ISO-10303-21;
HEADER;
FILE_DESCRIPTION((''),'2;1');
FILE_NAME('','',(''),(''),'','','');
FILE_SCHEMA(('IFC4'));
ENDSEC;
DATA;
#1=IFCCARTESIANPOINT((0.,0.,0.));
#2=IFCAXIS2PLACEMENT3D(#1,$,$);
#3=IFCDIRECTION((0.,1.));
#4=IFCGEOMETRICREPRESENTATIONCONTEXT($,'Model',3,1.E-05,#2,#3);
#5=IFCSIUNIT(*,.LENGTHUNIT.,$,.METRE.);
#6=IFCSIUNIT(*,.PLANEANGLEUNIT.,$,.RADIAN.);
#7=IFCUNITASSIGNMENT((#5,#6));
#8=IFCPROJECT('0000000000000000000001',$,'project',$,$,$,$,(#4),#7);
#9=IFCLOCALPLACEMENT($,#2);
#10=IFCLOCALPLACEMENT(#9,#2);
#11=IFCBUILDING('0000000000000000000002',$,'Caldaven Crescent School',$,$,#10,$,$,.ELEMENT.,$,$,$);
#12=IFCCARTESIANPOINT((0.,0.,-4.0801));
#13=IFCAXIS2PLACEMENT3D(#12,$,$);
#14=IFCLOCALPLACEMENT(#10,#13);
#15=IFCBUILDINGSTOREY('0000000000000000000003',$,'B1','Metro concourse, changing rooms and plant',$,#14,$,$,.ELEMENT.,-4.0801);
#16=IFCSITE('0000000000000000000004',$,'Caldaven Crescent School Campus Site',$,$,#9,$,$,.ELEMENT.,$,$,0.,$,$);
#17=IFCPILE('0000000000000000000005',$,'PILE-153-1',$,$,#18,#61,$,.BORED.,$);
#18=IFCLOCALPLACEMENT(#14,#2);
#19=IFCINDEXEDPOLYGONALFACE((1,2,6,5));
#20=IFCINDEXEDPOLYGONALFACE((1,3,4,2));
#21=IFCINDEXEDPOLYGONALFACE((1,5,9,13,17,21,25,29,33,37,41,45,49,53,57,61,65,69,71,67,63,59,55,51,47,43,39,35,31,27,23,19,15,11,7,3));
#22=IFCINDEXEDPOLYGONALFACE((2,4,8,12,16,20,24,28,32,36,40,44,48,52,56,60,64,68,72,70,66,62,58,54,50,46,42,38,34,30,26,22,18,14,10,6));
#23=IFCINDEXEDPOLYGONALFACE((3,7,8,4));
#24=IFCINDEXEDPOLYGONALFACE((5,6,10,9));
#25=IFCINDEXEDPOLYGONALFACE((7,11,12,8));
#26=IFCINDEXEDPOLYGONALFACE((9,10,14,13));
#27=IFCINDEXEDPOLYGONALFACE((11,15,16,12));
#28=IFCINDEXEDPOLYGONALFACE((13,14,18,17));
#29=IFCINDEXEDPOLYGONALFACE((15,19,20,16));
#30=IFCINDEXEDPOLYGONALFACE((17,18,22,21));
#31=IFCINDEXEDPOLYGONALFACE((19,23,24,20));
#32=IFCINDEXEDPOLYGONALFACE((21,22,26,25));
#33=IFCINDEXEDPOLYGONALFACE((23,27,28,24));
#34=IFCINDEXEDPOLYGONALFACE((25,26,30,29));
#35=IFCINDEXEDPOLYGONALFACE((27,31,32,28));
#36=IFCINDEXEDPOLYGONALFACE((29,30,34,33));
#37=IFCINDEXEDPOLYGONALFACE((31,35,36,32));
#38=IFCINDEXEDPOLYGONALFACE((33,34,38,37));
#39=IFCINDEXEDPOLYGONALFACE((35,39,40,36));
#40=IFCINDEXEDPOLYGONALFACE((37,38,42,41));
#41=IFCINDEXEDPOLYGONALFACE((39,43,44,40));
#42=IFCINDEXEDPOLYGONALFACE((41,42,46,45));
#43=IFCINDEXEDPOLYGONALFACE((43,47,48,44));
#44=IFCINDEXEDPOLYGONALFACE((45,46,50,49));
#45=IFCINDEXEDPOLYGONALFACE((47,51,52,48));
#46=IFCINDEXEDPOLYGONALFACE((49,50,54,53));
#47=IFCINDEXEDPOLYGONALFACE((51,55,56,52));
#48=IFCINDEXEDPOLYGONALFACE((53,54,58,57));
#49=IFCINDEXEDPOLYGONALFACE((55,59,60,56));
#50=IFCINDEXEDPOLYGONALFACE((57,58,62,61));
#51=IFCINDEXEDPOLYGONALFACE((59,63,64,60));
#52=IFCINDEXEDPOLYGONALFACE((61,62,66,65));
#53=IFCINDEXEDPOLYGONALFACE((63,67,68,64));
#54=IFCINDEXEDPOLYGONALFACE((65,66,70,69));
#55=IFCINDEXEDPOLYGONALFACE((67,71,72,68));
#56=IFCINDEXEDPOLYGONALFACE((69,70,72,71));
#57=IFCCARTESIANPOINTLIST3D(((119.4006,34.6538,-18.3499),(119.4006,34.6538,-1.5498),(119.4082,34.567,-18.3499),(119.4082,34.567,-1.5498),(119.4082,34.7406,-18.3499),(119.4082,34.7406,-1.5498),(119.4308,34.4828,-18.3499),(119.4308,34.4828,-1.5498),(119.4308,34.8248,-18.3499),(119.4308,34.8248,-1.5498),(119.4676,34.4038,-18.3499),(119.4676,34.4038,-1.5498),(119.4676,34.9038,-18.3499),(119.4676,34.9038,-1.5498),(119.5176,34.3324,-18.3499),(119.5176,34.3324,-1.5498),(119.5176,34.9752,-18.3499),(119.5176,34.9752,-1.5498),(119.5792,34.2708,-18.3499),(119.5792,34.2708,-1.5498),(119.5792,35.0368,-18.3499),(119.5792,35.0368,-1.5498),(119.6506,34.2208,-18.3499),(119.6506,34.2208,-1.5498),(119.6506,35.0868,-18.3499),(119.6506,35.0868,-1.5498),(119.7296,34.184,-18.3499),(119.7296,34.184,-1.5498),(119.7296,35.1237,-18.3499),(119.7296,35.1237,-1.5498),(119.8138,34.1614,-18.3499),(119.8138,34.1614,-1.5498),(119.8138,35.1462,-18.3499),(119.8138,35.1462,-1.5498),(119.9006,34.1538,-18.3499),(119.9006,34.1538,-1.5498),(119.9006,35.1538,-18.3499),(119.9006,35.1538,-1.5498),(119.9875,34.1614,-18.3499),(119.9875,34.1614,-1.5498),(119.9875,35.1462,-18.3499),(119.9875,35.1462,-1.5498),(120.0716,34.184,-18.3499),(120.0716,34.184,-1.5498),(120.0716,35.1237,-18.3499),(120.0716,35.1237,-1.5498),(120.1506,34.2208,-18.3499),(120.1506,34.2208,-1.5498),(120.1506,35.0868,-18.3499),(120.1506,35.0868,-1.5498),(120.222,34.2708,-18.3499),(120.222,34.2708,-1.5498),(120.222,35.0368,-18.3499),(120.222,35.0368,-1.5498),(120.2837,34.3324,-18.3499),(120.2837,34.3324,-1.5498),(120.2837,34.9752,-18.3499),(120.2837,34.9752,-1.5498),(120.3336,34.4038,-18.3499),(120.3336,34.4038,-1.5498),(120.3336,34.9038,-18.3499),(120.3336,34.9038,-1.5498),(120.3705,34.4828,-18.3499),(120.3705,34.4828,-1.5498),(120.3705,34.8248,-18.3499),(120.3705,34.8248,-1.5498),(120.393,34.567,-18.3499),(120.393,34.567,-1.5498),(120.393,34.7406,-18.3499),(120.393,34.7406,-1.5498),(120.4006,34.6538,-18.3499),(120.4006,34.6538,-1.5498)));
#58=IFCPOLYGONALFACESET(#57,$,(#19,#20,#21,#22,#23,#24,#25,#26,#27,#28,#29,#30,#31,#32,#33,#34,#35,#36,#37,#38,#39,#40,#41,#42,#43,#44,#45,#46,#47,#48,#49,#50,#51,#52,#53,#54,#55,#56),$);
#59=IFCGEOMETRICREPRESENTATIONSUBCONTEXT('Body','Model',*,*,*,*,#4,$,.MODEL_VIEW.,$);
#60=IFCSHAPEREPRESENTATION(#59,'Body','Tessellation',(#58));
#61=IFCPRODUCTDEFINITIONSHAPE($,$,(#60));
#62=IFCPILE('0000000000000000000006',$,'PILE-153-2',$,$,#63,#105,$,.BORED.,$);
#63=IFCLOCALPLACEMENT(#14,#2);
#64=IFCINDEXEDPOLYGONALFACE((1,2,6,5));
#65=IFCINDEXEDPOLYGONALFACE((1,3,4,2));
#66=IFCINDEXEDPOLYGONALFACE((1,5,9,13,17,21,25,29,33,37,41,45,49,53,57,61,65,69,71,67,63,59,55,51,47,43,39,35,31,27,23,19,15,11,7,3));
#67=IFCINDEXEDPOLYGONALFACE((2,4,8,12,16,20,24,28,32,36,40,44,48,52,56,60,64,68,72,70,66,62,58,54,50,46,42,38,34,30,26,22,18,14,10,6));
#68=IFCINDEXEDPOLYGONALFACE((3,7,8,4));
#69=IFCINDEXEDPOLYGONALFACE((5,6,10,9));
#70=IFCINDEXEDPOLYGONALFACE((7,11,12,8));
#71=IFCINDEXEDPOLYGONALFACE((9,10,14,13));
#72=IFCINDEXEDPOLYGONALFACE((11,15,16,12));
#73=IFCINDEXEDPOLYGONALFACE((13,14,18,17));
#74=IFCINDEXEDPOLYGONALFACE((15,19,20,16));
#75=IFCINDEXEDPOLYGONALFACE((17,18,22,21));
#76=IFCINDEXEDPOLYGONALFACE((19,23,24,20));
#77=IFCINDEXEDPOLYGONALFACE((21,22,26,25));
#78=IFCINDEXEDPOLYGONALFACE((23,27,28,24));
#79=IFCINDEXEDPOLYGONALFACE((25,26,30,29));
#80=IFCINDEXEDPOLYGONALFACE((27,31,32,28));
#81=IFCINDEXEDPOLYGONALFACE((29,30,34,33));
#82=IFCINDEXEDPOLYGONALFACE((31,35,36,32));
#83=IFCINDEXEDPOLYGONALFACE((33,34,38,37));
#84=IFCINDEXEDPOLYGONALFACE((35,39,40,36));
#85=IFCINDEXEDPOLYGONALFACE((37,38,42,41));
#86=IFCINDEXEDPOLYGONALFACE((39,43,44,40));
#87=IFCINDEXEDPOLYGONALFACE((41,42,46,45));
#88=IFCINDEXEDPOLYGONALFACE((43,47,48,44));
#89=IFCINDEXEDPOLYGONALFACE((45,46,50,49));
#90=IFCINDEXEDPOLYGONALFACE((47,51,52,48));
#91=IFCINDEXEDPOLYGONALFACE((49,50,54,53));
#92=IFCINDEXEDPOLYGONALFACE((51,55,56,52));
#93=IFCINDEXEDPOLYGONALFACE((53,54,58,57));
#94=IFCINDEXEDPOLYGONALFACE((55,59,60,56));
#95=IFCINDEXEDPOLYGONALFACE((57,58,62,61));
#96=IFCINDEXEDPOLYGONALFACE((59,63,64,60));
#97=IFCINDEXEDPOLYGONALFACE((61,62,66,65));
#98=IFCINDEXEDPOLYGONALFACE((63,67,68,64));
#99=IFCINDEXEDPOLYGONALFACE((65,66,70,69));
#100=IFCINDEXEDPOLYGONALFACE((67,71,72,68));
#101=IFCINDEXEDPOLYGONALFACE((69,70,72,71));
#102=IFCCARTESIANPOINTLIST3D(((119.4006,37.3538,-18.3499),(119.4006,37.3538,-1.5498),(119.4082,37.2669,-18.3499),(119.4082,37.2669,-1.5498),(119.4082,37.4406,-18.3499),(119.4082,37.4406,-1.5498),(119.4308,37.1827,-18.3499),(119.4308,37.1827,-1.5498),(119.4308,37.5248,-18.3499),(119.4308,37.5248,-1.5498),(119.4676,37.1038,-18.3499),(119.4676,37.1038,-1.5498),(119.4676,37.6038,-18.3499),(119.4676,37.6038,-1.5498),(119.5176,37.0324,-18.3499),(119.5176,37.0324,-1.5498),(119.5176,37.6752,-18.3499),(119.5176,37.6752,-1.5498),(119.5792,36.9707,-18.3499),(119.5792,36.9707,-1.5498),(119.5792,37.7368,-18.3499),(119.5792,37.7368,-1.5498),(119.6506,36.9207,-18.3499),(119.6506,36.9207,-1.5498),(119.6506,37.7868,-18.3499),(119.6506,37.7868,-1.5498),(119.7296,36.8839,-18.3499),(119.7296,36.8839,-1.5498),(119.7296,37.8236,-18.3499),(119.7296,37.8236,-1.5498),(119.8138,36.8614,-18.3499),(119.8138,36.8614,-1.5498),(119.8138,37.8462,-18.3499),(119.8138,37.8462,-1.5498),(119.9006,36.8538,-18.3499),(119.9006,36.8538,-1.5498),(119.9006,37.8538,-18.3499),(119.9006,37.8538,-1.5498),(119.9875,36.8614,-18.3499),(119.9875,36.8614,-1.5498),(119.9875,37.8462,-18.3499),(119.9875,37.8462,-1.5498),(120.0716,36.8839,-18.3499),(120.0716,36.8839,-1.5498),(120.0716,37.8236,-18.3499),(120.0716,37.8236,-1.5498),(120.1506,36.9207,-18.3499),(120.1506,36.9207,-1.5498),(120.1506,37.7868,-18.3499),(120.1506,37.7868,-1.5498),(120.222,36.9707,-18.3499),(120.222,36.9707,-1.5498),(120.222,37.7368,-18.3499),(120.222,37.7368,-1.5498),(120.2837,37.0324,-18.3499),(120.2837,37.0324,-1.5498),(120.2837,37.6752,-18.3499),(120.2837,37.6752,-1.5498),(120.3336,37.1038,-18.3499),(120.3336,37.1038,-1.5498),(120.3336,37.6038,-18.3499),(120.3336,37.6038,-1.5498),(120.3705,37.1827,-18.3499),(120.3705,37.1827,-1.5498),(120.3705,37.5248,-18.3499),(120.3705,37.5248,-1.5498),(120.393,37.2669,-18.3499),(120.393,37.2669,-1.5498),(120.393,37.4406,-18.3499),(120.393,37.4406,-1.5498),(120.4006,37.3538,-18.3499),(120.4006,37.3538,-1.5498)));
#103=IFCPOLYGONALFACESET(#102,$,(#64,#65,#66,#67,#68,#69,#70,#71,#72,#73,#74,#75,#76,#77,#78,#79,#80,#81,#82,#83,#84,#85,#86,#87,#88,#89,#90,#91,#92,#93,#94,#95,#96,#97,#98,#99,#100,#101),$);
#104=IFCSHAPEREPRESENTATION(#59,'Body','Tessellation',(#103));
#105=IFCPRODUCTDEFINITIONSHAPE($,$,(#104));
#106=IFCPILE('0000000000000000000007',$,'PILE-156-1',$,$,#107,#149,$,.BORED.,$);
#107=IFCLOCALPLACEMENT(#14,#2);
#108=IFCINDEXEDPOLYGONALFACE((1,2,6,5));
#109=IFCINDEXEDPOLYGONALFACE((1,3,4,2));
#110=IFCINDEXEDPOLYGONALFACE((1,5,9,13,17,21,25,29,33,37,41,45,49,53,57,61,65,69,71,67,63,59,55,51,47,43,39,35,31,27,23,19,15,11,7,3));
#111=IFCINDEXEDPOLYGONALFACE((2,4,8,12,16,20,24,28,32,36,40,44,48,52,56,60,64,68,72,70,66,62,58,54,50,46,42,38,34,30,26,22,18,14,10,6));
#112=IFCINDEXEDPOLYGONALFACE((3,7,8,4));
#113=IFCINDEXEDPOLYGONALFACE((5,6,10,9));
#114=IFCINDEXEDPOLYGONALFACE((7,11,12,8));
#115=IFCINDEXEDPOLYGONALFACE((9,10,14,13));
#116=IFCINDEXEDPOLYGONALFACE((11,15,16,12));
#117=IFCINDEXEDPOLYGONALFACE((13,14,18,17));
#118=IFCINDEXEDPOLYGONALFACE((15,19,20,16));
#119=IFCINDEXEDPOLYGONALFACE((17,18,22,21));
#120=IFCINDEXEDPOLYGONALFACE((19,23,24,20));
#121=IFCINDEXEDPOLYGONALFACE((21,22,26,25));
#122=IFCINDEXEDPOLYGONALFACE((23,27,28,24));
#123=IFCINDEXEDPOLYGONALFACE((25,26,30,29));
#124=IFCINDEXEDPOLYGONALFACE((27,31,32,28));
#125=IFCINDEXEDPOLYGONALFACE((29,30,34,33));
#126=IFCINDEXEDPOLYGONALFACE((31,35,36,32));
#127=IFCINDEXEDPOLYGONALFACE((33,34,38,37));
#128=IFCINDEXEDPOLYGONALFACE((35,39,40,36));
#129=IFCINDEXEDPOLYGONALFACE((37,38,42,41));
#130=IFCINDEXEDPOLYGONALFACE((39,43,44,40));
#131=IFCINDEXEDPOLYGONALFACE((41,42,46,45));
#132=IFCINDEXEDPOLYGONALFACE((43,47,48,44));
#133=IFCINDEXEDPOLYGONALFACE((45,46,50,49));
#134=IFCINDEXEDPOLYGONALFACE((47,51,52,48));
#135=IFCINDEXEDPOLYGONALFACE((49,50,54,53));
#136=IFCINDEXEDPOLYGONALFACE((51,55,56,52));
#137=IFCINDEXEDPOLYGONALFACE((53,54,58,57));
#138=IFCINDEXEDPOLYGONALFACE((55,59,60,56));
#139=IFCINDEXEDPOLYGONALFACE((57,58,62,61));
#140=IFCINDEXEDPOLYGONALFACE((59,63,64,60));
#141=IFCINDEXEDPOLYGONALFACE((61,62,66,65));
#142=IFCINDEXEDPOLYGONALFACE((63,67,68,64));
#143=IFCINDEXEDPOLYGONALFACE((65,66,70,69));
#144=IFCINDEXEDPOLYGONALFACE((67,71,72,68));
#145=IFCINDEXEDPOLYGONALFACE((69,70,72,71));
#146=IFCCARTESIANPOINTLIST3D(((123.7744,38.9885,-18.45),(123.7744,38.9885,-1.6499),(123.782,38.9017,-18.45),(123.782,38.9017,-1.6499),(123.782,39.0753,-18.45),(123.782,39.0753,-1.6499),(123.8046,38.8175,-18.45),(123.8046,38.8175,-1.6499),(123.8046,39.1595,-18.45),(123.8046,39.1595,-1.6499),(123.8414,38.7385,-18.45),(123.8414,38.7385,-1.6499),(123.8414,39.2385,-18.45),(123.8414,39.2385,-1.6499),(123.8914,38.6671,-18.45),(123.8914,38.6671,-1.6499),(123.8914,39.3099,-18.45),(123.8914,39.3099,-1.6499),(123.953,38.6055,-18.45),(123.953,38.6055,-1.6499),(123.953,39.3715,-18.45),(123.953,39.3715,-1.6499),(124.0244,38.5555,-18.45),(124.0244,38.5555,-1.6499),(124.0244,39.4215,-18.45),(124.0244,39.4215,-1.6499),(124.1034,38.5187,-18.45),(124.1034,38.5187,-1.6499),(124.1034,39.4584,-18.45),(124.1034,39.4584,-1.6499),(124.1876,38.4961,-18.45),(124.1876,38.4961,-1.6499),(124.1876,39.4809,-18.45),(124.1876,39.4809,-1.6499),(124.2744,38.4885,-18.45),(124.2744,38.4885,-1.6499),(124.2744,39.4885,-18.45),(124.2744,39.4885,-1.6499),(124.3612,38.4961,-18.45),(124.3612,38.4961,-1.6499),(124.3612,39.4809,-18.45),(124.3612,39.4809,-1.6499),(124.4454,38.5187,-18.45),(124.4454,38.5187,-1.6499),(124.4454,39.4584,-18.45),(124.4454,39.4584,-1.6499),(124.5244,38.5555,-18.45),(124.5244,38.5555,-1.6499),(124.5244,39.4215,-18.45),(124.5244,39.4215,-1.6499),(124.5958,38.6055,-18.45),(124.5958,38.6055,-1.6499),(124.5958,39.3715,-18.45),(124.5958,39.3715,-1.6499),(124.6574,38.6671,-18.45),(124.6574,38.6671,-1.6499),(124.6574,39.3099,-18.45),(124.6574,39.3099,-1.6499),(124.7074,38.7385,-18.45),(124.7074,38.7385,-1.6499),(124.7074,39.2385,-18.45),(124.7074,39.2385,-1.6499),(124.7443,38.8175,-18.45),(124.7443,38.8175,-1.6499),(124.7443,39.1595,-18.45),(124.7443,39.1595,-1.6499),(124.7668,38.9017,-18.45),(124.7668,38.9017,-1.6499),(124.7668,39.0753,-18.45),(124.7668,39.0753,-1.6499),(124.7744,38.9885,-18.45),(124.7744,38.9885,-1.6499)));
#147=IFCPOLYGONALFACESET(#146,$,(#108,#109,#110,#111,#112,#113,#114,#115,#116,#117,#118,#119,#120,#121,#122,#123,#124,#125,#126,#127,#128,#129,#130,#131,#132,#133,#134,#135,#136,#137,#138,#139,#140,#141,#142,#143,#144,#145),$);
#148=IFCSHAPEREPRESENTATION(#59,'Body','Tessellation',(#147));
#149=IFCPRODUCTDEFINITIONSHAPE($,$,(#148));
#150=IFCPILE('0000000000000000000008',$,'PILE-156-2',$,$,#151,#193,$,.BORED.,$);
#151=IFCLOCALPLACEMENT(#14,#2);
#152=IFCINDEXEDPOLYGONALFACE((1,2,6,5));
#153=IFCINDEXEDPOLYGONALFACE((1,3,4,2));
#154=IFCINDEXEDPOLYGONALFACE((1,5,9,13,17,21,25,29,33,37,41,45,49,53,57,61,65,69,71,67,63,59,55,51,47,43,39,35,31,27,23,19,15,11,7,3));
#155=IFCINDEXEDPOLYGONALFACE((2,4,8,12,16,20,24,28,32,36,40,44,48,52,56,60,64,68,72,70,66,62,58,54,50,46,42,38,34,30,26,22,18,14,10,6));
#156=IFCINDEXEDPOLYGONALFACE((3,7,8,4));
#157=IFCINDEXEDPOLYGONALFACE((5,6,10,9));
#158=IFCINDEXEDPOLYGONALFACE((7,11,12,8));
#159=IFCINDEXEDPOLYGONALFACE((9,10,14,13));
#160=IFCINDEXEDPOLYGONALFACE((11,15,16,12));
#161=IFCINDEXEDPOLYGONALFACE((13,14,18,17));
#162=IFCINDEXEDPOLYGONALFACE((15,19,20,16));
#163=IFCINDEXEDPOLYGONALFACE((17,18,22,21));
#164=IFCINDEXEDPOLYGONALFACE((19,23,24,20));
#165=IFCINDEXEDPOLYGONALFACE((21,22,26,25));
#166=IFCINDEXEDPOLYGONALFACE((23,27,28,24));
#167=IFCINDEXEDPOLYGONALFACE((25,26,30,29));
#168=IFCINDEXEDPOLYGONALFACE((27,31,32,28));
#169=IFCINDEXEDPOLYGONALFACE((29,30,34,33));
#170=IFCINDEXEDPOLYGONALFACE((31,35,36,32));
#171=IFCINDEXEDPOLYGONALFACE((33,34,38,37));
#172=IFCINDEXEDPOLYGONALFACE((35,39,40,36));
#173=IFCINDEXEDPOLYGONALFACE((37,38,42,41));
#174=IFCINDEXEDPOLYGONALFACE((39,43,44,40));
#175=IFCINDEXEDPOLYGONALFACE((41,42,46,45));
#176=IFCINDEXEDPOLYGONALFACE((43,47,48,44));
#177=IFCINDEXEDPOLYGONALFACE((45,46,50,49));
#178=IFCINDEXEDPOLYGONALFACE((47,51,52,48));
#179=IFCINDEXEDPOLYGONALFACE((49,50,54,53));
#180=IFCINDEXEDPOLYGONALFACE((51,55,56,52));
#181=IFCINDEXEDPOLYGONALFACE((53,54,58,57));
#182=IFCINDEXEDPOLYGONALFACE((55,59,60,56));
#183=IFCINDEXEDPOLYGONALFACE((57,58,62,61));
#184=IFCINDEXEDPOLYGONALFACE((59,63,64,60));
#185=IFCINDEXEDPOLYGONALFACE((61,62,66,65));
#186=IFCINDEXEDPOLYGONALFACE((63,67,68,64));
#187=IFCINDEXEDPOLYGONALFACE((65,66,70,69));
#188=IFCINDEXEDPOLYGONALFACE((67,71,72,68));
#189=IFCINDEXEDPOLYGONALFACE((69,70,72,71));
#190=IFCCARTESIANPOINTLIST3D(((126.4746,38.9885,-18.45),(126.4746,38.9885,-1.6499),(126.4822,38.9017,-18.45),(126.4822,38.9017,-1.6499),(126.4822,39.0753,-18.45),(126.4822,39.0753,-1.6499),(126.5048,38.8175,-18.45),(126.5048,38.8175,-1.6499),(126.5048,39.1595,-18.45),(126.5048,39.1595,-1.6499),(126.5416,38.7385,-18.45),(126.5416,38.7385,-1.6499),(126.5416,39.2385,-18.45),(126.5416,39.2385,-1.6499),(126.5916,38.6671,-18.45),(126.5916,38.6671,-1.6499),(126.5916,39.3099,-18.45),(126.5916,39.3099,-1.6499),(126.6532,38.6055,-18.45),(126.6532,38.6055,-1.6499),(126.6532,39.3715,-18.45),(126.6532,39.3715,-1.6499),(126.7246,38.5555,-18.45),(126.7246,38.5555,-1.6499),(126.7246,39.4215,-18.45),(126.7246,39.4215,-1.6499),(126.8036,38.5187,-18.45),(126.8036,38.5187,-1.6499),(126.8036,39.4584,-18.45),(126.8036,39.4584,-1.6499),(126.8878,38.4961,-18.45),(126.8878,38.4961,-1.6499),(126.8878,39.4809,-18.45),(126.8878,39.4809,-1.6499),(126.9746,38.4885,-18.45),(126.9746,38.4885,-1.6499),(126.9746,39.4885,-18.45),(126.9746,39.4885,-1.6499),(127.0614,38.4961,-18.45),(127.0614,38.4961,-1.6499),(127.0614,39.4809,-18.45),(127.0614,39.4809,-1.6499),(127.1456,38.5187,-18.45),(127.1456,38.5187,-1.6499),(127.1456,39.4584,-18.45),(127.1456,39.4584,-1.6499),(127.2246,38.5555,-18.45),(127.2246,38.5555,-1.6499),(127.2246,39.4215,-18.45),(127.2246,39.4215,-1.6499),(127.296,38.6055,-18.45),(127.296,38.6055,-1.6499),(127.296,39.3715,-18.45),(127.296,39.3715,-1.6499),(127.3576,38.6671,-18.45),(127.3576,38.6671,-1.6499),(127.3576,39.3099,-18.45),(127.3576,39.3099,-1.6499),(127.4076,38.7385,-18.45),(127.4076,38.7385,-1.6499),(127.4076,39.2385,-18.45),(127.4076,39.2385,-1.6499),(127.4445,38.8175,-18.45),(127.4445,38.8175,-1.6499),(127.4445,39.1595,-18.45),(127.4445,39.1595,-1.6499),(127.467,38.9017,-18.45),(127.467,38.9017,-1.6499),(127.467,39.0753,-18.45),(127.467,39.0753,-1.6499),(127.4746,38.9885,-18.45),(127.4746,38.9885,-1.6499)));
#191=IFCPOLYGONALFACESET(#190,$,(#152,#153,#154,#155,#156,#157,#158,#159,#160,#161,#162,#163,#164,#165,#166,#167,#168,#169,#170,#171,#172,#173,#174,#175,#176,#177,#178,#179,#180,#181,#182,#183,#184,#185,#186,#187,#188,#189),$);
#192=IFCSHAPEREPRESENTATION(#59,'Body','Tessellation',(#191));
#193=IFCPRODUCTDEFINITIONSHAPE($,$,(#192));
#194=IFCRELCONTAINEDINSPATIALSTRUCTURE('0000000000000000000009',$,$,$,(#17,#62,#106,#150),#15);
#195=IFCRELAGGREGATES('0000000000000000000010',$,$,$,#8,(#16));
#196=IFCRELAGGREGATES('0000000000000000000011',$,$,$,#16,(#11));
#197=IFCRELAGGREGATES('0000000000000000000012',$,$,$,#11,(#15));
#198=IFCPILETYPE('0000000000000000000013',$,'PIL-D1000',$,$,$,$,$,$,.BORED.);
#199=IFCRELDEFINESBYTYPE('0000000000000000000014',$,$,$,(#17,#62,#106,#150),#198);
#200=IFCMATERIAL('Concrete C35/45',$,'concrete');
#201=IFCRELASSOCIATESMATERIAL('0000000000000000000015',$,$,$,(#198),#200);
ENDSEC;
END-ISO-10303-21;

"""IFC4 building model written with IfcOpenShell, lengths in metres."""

from ifc_helpers import new_model, si_unit, direction, frame, origin, origin_2d, place, context, subcontext, project, spatial, circle, extrude, material, material_profile, profile_set, type_object, element, save


model = new_model("IFC4")

# Units and contexts
model_context = context("Model", 3, precision=1e-05, world=origin(), true_north=direction((0.0, 1.0)))
body_context = subcontext(model_context, "Body", "Model", "MODEL_VIEW")
ifc_project = project(units=[si_unit("LENGTHUNIT", "METRE"), si_unit("PLANEANGLEUNIT", "RADIAN")], contexts=[model_context])

# Site, building, storey
site_placement = place(None, origin())
site = spatial("IfcSite", under=ifc_project, at=site_placement, Name="Caldaven Crescent School Campus Site", CompositionType="ELEMENT", RefElevation=0.0)
building_placement = place(site_placement, origin())
building = spatial("IfcBuilding", under=site, at=building_placement, Name="Caldaven Crescent School", CompositionType="ELEMENT")
storey_placement = place(building_placement, frame((0.0, 0.0, -4.0801)))
storey = spatial("IfcBuildingStorey", under=building, at=storey_placement, Name="B1", Description="Metro concourse, changing rooms and plant", CompositionType="ELEMENT", Elevation=-4.0801)

# Shared definitions
ifc_material_1 = material(Name="Concrete C35/45", Category="concrete")

# Piles
ifc_material_profile_1 = material_profile(ifc_material_1, circle(Radius=0.5, at=origin_2d()), Name="PILE D1000")
ifc_profile_set_1 = profile_set([ifc_material_profile_1], Name="Concrete C35/45")
pile_type = type_object("IfcPileType", Name="PIL-D1000", PredefinedType="BORED", material=ifc_profile_set_1)
for number, where, z_axis, x_axis, name in (
    (1, (119.9006, 34.6538, -1.5498), (0.0, 0.0, -1.0), (1.0, 0.0, 0.0), "PILE-153-1"),
    (2, (119.9006, 37.3538, -1.5498), (0.0, 0.0, -1.0), (1.0, 0.0, 0.0), "PILE-153-2"),
    (3, (124.2744, 38.9885, -1.6499), (0.0, 0.0, -1.0), (1.0, 0.0, 0.0), "PILE-156-1"),
    (4, (126.9746, 38.9885, -1.6499), (0.0, 0.0, -1.0), (1.0, 0.0, 0.0), "PILE-156-2"),
):
    element("IfcPile", number, at=place(storey_placement, frame(where, z_axis=z_axis, x_axis=x_axis)), inside=storey, type_object=pile_type, Name=name, PredefinedType="BORED", context=body_context, shape_type="SweptSolid", body=[
        extrude(circle(Radius=0.5, at=origin_2d()), origin(), (0.0, 0.0, 1.0), 16.8),
    ])

save(model, "model.ifc")
